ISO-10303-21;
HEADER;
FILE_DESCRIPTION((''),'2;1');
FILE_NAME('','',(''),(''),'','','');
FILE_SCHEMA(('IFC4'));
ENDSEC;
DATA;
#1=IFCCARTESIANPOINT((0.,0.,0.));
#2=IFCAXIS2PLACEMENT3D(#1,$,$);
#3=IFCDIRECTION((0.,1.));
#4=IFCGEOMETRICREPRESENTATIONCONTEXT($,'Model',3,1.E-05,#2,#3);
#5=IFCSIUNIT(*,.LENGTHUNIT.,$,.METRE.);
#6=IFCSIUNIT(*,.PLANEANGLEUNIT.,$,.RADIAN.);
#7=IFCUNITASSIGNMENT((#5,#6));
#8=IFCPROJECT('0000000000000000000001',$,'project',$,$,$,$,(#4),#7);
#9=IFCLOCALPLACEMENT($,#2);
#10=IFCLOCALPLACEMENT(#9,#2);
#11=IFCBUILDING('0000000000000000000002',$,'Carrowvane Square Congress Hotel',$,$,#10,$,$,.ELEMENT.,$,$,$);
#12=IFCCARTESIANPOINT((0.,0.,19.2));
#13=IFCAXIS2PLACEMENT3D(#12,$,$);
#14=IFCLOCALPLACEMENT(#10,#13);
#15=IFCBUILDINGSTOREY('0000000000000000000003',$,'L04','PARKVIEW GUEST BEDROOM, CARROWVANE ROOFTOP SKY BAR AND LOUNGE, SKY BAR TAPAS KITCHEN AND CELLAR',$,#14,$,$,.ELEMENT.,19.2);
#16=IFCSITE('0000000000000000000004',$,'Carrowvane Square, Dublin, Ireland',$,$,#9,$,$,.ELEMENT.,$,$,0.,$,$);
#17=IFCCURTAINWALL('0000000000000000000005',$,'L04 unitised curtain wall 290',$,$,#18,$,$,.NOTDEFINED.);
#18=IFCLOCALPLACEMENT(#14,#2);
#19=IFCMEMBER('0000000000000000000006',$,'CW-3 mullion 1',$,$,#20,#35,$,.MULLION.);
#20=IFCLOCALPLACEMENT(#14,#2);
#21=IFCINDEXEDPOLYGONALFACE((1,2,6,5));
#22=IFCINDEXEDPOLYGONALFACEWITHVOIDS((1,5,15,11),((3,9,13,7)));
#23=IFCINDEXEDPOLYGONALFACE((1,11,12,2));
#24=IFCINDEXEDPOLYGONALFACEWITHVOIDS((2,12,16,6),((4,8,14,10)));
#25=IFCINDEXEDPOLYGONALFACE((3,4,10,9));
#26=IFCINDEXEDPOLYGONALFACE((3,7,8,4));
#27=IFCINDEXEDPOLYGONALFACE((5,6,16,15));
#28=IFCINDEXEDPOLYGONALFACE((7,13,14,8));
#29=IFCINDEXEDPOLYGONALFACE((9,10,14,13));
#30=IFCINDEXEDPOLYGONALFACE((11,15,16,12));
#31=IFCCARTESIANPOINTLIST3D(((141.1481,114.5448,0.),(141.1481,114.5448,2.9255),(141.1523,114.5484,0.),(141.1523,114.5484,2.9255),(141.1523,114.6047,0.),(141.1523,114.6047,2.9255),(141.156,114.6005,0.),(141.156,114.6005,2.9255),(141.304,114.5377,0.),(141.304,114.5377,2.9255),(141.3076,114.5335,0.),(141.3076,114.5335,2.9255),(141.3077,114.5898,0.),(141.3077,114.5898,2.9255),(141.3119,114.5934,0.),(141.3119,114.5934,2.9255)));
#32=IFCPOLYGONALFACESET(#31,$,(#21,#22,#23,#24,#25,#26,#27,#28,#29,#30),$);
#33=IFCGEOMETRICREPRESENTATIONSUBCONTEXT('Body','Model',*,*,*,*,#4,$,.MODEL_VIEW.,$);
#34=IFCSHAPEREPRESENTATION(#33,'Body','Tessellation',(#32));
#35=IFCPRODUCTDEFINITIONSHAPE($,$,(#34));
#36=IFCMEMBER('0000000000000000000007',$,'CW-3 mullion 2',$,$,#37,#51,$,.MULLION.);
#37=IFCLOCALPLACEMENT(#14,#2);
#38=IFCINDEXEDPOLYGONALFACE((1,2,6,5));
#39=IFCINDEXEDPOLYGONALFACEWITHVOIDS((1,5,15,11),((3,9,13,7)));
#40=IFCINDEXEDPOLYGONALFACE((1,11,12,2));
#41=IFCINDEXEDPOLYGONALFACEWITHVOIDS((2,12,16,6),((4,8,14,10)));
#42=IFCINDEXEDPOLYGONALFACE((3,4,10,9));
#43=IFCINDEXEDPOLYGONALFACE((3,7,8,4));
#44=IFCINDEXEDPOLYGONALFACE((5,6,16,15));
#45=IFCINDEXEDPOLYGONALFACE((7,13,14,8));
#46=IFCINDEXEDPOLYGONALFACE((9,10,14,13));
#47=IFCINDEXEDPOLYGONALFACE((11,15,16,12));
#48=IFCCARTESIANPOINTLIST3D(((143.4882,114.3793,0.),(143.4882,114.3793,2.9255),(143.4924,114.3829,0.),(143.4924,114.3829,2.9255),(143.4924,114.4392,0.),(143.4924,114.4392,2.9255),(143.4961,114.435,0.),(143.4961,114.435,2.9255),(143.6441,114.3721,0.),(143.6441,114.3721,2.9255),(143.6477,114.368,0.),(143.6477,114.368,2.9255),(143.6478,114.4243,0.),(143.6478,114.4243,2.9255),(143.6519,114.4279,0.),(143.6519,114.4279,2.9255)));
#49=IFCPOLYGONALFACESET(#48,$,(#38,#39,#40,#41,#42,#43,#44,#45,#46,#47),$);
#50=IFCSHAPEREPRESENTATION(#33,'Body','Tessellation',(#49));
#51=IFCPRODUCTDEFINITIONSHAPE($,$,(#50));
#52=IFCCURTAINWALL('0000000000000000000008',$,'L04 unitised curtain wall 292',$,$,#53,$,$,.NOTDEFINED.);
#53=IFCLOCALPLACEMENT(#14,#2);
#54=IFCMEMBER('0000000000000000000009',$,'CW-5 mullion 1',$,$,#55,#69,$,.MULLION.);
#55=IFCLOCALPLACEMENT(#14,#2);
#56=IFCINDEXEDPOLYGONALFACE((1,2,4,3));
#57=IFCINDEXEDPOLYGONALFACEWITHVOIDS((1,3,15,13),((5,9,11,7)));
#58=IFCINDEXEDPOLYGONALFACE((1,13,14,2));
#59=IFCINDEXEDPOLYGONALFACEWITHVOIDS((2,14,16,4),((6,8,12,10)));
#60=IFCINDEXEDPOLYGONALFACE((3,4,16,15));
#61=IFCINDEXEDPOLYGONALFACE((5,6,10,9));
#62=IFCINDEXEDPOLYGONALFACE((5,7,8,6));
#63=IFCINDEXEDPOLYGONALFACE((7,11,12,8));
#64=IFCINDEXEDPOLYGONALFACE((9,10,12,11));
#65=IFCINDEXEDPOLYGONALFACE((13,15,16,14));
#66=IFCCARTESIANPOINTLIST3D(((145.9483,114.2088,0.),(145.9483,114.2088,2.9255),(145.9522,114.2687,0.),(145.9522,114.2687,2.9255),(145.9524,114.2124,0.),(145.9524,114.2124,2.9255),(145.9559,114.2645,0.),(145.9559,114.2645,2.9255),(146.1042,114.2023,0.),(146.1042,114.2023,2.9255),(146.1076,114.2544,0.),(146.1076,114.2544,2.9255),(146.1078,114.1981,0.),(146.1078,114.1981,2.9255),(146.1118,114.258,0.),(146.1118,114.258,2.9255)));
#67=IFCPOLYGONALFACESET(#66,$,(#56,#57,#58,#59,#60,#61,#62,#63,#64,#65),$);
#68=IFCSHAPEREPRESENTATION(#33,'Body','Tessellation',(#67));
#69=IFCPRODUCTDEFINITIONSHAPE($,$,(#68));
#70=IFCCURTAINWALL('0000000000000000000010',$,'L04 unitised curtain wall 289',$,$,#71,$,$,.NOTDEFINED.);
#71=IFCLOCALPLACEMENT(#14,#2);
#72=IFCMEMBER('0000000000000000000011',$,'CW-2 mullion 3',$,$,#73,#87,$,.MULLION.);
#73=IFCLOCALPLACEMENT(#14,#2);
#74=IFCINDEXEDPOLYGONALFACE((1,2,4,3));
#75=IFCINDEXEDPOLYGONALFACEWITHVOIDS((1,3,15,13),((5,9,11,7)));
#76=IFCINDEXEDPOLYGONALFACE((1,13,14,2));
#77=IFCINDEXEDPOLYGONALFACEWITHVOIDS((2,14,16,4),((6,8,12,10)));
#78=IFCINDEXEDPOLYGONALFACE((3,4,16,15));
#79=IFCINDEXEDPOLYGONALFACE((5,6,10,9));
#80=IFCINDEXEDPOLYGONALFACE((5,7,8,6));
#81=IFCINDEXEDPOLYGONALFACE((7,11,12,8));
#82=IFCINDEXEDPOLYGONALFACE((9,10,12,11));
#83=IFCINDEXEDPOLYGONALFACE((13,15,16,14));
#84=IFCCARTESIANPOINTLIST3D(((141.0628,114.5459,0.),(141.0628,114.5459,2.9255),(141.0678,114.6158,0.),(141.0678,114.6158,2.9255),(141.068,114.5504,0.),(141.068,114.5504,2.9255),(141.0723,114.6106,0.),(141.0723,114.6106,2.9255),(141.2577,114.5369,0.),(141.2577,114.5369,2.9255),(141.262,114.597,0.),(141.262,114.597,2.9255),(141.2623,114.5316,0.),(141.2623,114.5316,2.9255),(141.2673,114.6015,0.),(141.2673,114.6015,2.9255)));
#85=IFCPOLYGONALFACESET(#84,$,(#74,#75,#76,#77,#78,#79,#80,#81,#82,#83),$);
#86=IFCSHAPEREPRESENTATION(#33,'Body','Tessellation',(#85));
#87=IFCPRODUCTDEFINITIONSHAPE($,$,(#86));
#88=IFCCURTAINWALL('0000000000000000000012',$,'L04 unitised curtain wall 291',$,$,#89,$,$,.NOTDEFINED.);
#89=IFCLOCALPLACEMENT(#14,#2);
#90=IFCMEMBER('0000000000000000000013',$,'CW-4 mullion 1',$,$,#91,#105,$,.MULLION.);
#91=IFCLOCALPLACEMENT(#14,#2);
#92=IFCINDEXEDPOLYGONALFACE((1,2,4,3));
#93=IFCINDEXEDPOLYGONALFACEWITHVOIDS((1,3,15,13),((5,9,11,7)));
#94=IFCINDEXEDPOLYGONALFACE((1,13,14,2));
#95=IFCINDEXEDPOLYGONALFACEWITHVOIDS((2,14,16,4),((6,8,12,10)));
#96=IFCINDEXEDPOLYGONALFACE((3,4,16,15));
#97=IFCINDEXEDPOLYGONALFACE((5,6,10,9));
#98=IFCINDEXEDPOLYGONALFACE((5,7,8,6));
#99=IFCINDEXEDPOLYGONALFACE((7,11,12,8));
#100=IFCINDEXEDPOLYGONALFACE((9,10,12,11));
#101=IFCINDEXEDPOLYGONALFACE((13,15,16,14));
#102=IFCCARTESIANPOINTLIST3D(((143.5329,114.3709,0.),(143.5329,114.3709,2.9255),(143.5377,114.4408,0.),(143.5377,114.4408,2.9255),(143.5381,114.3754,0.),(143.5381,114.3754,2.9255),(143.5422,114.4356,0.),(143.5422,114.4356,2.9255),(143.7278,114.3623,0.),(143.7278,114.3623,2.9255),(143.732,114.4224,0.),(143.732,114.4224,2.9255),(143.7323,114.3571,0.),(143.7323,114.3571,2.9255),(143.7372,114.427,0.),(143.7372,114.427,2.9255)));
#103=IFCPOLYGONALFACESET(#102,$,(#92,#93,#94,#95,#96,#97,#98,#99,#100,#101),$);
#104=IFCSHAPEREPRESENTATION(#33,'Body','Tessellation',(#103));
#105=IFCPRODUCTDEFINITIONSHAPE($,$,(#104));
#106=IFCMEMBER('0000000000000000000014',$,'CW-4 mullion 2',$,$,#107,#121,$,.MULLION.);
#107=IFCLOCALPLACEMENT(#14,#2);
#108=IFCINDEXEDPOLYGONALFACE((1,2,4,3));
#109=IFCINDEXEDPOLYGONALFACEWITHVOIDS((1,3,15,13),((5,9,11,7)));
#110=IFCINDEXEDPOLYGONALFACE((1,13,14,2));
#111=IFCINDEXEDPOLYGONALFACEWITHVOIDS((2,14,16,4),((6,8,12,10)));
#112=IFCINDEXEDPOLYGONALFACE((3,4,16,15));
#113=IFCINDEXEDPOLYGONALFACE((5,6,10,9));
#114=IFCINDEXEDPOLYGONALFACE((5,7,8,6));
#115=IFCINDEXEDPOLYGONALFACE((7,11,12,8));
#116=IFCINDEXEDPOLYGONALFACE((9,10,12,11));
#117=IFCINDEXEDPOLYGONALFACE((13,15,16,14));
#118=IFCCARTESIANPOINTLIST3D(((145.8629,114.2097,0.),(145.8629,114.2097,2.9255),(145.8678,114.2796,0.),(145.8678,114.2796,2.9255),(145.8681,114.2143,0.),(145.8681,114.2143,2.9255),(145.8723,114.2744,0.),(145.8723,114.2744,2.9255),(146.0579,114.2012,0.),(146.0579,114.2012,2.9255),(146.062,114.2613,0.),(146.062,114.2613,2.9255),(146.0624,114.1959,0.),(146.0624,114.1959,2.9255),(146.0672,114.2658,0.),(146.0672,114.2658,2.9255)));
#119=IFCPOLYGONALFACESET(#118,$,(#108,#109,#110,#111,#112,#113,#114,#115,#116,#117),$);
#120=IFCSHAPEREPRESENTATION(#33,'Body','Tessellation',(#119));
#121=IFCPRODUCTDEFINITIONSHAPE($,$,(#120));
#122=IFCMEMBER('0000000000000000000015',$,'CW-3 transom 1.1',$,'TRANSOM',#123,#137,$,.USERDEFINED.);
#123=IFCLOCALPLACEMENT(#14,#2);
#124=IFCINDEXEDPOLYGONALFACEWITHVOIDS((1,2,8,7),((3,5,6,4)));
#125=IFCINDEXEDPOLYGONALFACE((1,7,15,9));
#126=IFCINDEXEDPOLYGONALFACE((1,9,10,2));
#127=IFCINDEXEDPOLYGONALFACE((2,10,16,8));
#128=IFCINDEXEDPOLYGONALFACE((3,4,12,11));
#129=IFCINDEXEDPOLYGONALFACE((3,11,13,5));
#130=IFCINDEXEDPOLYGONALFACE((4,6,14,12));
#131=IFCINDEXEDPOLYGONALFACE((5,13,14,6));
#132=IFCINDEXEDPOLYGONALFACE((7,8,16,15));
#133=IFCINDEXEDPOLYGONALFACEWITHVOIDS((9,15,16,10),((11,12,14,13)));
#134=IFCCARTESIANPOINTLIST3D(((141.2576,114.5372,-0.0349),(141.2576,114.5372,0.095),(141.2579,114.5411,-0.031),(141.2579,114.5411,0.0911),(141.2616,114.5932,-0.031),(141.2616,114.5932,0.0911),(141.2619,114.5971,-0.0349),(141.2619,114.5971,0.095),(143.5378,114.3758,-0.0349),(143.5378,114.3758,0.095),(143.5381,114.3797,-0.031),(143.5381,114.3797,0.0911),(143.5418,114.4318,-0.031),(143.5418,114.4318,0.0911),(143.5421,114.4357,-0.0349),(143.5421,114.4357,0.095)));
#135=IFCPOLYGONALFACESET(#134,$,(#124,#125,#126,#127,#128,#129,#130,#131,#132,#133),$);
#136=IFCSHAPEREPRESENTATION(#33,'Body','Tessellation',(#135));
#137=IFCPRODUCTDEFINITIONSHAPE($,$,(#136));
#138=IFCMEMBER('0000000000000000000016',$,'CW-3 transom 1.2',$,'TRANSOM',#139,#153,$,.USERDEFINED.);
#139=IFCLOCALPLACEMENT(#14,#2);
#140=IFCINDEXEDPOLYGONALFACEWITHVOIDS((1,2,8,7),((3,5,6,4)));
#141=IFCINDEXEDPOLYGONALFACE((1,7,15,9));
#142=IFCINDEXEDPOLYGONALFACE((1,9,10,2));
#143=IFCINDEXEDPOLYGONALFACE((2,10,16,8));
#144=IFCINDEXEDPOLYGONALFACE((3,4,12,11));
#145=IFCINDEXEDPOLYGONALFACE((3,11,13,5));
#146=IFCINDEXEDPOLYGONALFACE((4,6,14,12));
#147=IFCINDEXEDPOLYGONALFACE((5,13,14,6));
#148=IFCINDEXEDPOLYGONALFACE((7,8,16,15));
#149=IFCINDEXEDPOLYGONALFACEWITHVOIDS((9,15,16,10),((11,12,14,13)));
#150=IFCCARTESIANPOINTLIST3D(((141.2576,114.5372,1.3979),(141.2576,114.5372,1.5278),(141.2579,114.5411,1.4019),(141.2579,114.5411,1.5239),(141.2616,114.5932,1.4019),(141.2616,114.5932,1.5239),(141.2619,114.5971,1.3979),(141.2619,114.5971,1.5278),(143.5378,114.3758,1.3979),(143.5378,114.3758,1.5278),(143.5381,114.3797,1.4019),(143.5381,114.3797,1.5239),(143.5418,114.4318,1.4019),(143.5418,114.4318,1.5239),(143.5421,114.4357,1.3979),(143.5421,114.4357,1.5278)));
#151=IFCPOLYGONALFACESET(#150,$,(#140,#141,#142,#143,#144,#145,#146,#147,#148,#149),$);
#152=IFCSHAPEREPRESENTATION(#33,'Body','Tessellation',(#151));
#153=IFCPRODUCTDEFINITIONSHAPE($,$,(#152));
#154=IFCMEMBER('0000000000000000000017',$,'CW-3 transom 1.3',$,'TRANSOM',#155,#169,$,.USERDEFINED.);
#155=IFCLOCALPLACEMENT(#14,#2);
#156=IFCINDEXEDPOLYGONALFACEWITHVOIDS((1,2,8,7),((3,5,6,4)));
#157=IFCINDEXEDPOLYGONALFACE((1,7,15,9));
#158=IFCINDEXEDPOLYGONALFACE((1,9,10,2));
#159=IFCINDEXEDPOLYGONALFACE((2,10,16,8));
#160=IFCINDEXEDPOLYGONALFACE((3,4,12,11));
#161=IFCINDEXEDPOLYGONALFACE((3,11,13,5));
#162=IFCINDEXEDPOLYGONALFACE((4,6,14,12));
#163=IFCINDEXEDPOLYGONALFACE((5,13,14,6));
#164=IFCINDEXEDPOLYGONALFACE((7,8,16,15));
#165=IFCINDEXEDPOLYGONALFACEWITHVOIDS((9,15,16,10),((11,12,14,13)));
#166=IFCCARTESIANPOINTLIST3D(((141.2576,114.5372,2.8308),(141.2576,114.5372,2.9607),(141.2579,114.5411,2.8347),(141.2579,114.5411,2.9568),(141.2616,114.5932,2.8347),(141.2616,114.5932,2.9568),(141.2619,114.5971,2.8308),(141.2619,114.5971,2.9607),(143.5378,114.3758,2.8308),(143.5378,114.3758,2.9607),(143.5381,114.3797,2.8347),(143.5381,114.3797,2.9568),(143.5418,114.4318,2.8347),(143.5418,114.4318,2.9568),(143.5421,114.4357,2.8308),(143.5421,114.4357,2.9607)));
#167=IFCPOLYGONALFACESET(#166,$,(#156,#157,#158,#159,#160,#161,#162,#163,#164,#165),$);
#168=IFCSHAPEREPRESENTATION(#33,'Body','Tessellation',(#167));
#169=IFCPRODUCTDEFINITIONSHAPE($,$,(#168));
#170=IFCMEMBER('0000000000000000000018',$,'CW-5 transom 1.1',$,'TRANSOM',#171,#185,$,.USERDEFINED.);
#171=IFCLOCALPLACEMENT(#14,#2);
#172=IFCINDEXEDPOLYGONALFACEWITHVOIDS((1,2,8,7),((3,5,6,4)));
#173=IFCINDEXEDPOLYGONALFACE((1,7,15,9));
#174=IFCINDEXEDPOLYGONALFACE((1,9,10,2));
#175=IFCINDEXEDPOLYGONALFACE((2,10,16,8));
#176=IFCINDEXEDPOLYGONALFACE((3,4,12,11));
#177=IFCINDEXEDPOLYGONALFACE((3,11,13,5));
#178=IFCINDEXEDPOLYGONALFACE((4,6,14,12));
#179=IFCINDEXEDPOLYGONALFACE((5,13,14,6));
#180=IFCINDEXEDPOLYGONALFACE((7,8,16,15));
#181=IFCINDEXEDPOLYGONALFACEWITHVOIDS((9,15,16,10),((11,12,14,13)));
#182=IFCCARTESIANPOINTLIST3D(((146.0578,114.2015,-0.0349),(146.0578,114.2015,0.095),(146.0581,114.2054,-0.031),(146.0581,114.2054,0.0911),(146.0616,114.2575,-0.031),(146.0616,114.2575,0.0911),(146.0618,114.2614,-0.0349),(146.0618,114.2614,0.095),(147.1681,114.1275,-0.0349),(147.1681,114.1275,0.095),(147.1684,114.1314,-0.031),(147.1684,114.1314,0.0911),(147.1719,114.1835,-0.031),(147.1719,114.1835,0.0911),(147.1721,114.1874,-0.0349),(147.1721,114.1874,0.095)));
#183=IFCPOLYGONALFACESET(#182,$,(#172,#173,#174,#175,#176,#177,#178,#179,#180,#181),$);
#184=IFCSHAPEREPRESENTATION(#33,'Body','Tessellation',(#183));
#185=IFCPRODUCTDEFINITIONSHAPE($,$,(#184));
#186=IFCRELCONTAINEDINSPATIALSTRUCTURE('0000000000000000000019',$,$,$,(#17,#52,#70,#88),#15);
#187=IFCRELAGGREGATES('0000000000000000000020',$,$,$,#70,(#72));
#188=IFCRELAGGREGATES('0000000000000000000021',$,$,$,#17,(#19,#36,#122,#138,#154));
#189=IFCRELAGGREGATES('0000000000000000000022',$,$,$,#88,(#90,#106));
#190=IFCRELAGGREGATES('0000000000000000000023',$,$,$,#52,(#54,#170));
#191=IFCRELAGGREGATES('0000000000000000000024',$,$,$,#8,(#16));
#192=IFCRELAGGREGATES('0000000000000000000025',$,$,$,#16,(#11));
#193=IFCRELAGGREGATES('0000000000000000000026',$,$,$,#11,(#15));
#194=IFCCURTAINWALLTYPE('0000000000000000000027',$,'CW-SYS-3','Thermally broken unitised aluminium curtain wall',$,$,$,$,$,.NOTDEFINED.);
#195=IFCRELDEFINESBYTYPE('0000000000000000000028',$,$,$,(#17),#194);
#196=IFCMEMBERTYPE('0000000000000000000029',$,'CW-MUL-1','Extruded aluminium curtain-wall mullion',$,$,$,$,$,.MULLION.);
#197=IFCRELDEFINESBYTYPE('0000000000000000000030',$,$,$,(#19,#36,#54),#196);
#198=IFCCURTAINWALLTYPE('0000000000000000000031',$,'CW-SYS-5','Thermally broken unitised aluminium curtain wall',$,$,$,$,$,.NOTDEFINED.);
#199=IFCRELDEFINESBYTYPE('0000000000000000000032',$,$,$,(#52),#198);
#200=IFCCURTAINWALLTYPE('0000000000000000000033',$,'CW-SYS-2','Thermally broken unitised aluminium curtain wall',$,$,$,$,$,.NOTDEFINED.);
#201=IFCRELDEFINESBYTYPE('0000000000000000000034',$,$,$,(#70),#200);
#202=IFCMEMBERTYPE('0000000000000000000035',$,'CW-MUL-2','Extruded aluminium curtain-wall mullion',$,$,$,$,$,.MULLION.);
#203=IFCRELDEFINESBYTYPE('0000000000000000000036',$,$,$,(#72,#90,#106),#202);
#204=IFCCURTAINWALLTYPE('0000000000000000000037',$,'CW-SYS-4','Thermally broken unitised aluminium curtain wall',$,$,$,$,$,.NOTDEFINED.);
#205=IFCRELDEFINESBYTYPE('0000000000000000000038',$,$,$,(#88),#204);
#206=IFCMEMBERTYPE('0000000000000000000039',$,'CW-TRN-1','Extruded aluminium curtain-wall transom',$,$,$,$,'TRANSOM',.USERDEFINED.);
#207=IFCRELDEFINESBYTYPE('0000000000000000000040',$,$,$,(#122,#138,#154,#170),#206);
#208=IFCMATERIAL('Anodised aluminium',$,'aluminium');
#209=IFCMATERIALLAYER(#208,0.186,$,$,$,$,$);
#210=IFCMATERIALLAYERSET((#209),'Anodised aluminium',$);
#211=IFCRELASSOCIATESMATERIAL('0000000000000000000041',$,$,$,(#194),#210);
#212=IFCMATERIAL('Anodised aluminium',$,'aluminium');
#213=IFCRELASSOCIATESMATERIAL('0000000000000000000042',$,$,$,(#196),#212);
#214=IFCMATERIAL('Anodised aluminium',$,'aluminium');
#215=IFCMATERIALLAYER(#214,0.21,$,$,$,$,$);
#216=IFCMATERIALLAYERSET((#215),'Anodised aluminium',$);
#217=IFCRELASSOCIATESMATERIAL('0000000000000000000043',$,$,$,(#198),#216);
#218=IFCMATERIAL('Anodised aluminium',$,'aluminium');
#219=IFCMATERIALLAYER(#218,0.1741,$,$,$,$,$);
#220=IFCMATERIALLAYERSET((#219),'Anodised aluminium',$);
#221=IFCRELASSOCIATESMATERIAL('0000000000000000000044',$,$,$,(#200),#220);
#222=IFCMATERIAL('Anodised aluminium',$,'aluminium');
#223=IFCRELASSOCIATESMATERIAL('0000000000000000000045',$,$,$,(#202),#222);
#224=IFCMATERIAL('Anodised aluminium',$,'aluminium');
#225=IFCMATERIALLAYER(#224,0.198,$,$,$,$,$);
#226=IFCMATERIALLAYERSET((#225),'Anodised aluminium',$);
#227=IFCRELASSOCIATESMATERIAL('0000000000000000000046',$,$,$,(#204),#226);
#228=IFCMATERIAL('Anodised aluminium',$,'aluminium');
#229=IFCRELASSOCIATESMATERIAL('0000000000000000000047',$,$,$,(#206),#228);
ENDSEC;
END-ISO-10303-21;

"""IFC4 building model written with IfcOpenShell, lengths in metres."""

from ifc_helpers import new_model, si_unit, direction, frame, origin, origin_2d, place, context, subcontext, project, spatial, hollow_rectangle, extrude, material, layer, layer_set, material_profile, profile_set, type_object, element, aggregate, save


model = new_model("IFC4")

# Units and contexts
model_context = context("Model", 3, precision=1e-05, world=origin(), true_north=direction((0.0, 1.0)))
body_context = subcontext(model_context, "Body", "Model", "MODEL_VIEW")
ifc_project = project(units=[si_unit("LENGTHUNIT", "METRE"), si_unit("PLANEANGLEUNIT", "RADIAN")], contexts=[model_context])

# Site, building, storey
site_placement = place(None, origin())
site = spatial("IfcSite", under=ifc_project, at=site_placement, Name="Carrowvane Square, Dublin, Ireland", CompositionType="ELEMENT", RefElevation=0.0)
building_placement = place(site_placement, origin())
building = spatial("IfcBuilding", under=site, at=building_placement, Name="Carrowvane Square Congress Hotel", CompositionType="ELEMENT")
storey_placement = place(building_placement, frame((0.0, 0.0, 19.2)))
storey = spatial("IfcBuildingStorey", under=building, at=storey_placement, Name="L04", Description="PARKVIEW GUEST BEDROOM, CARROWVANE ROOFTOP SKY BAR AND LOUNGE, SKY BAR TAPAS KITCHEN AND CELLAR", CompositionType="ELEMENT", Elevation=19.2)

# Curtain wall, members
ifc_material_1 = material(Name="Anodised aluminium", Category="aluminium")
ifc_layer_1 = layer(ifc_material_1, 0.186)
ifc_layer_set_1 = layer_set([ifc_layer_1], Name="Anodised aluminium")
curtain_wall_type_1 = type_object("IfcCurtainWallType", Name="CW-SYS-3", Description="Thermally broken unitised aluminium curtain wall", PredefinedType="NOTDEFINED", material=ifc_layer_set_1)
curtain_wall_1_placement = place(storey_placement, origin())
curtain_wall_1 = element("IfcCurtainWall", 1, at=curtain_wall_1_placement, inside=storey, type_object=curtain_wall_type_1, Name="L04 unitised curtain wall 290", PredefinedType="NOTDEFINED")
ifc_material_2 = material(Name="Anodised aluminium", Category="aluminium")
ifc_material_profile_1 = material_profile(ifc_material_2, hollow_rectangle(XDim=0.0601, YDim=0.1599, WallThickness=0.0039, at=origin_2d()), Name="CW-ML 60x160x4")
ifc_profile_set_1 = profile_set([ifc_material_profile_1], Name="Anodised aluminium")
member_type_1 = type_object("IfcMemberType", Name="CW-MUL-1", Description="Extruded aluminium curtain-wall mullion", PredefinedType="MULLION", material=ifc_profile_set_1)
member_1_placement = place(storey_placement, frame((141.23, 114.5691, 0.0), z_axis=(0.0, 0.0, 1.0), x_axis=(0.070586, 0.997506, 0.0)))
member_1 = element("IfcMember", 2, at=member_1_placement, type_object=member_type_1, Name="CW-3 mullion 1", PredefinedType="MULLION", context=body_context, shape_type="SweptSolid", body=[
    extrude(hollow_rectangle(XDim=0.0601, YDim=0.1599, WallThickness=0.0039, at=origin_2d()), origin(), (0.0, 0.0, 1.0), 2.9255),
])
member_2_placement = place(storey_placement, frame((143.5701, 114.4036, 0.0), z_axis=(0.0, 0.0, 1.0), x_axis=(0.070586, 0.997506, 0.0)))
member_2 = element("IfcMember", 3, at=member_2_placement, type_object=member_type_1, Name="CW-3 mullion 2", PredefinedType="MULLION", context=body_context, shape_type="SweptSolid", body=[
    extrude(hollow_rectangle(XDim=0.0601, YDim=0.1599, WallThickness=0.0039, at=origin_2d()), origin(), (0.0, 0.0, 1.0), 2.9255),
])

# Curtain walls, members
ifc_material_3 = material(Name="Anodised aluminium", Category="aluminium")
ifc_layer_2 = layer(ifc_material_3, 0.21)
ifc_layer_set_2 = layer_set([ifc_layer_2], Name="Anodised aluminium")
curtain_wall_type_2 = type_object("IfcCurtainWallType", Name="CW-SYS-5", Description="Thermally broken unitised aluminium curtain wall", PredefinedType="NOTDEFINED", material=ifc_layer_set_2)
curtain_wall_2_placement = place(storey_placement, origin())
curtain_wall_2 = element("IfcCurtainWall", 4, at=curtain_wall_2_placement, inside=storey, type_object=curtain_wall_type_2, Name="L04 unitised curtain wall 292", PredefinedType="NOTDEFINED")
member_3_placement = place(storey_placement, frame((146.03, 114.2334, 0.0), z_axis=(0.0, 0.0, 1.0), x_axis=(0.066574, 0.997781, 0.0)))
member_3 = element("IfcMember", 5, at=member_3_placement, type_object=member_type_1, Name="CW-5 mullion 1", PredefinedType="MULLION", context=body_context, shape_type="SweptSolid", body=[
    extrude(hollow_rectangle(XDim=0.0601, YDim=0.1599, WallThickness=0.0039, at=origin_2d()), origin(), (0.0, 0.0, 1.0), 2.9255),
])
ifc_material_4 = material(Name="Anodised aluminium", Category="aluminium")
ifc_layer_3 = layer(ifc_material_4, 0.1741)
ifc_layer_set_3 = layer_set([ifc_layer_3], Name="Anodised aluminium")
curtain_wall_type_3 = type_object("IfcCurtainWallType", Name="CW-SYS-2", Description="Thermally broken unitised aluminium curtain wall", PredefinedType="NOTDEFINED", material=ifc_layer_set_3)
curtain_wall_3_placement = place(storey_placement, origin())
curtain_wall_3 = element("IfcCurtainWall", 6, at=curtain_wall_3_placement, inside=storey, type_object=curtain_wall_type_3, Name="L04 unitised curtain wall 289", PredefinedType="NOTDEFINED")
ifc_material_5 = material(Name="Anodised aluminium", Category="aluminium")
ifc_material_profile_2 = material_profile(ifc_material_5, hollow_rectangle(XDim=0.0701, YDim=0.2, WallThickness=0.0049, at=origin_2d()), Name="CW-ML 70x200x5")
ifc_profile_set_2 = profile_set([ifc_material_profile_2], Name="Anodised aluminium")
member_type_2 = type_object("IfcMemberType", Name="CW-MUL-2", Description="Extruded aluminium curtain-wall mullion", PredefinedType="MULLION", material=ifc_profile_set_2)
member_4_placement = place(storey_placement, frame((141.165, 114.5737, 0.0), z_axis=(0.0, 0.0, 1.0), x_axis=(0.071422, 0.997446, 0.0)))
member_4 = element("IfcMember", 7, at=member_4_placement, type_object=member_type_2, Name="CW-2 mullion 3", PredefinedType="MULLION", context=body_context, shape_type="SweptSolid", body=[
    extrude(hollow_rectangle(XDim=0.0701, YDim=0.2, WallThickness=0.0049, at=origin_2d()), origin(), (0.0, 0.0, 1.0), 2.9255),
])
aggregate(curtain_wall_3, [member_4])

# Curtain wall, members
ifc_material_6 = material(Name="Anodised aluminium", Category="aluminium")
ifc_layer_4 = layer(ifc_material_6, 0.198)
ifc_layer_set_4 = layer_set([ifc_layer_4], Name="Anodised aluminium")
curtain_wall_type_4 = type_object("IfcCurtainWallType", Name="CW-SYS-4", Description="Thermally broken unitised aluminium curtain wall", PredefinedType="NOTDEFINED", material=ifc_layer_set_4)
curtain_wall_4_placement = place(storey_placement, origin())
curtain_wall_4 = element("IfcCurtainWall", 8, at=curtain_wall_4_placement, inside=storey, type_object=curtain_wall_type_4, Name="L04 unitised curtain wall 291", PredefinedType="NOTDEFINED")
member_5_placement = place(storey_placement, frame((143.635, 114.3989, 0.0), z_axis=(0.0, 0.0, 1.0), x_axis=(0.068986, 0.997618, 0.0)))
member_5 = element("IfcMember", 9, at=member_5_placement, type_object=member_type_2, Name="CW-4 mullion 1", PredefinedType="MULLION", context=body_context, shape_type="SweptSolid", body=[
    extrude(hollow_rectangle(XDim=0.0701, YDim=0.2, WallThickness=0.0049, at=origin_2d()), origin(), (0.0, 0.0, 1.0), 2.9255),
])
member_6_placement = place(storey_placement, frame((145.9651, 114.2378, 0.0), z_axis=(0.0, 0.0, 1.0), x_axis=(0.068986, 0.997618, 0.0)))
member_6 = element("IfcMember", 10, at=member_6_placement, type_object=member_type_2, Name="CW-4 mullion 2", PredefinedType="MULLION", context=body_context, shape_type="SweptSolid", body=[
    extrude(hollow_rectangle(XDim=0.0701, YDim=0.2, WallThickness=0.0049, at=origin_2d()), origin(), (0.0, 0.0, 1.0), 2.9255),
])

# Members
ifc_material_7 = material(Name="Anodised aluminium", Category="aluminium")
ifc_material_profile_3 = material_profile(ifc_material_7, hollow_rectangle(XDim=0.0601, YDim=0.1299, WallThickness=0.0039, at=origin_2d()), Name="CW-TR 60x130x4")
ifc_profile_set_3 = profile_set([ifc_material_profile_3], Name="Anodised aluminium")
member_type_3 = type_object("IfcMemberType", Name="CW-TRN-1", Description="Extruded aluminium curtain-wall transom", ElementType="TRANSOM", PredefinedType="USERDEFINED", material=ifc_profile_set_3)
member_7_placement = place(storey_placement, frame((141.2598, 114.5671, 0.03), z_axis=(0.997505, -0.070594, 0.0), x_axis=(0.070594, 0.997505, 0.0)))
member_7 = element("IfcMember", 11, at=member_7_placement, type_object=member_type_3, Name="CW-3 transom 1.1", ObjectType="TRANSOM", PredefinedType="USERDEFINED", context=body_context, shape_type="SweptSolid", body=[
    extrude(hollow_rectangle(XDim=0.0601, YDim=0.1299, WallThickness=0.0039, at=origin_2d()), origin(), (0.0, 0.0, 1.0), 2.2859),
])
member_8_placement = place(storey_placement, frame((141.2598, 114.5671, 1.4629), z_axis=(0.997505, -0.070594, 0.0), x_axis=(0.070594, 0.997505, 0.0)))
member_8 = element("IfcMember", 12, at=member_8_placement, type_object=member_type_3, Name="CW-3 transom 1.2", ObjectType="TRANSOM", PredefinedType="USERDEFINED", context=body_context, shape_type="SweptSolid", body=[
    extrude(hollow_rectangle(XDim=0.0601, YDim=0.1299, WallThickness=0.0039, at=origin_2d()), origin(), (0.0, 0.0, 1.0), 2.2859),
])
member_9_placement = place(storey_placement, frame((141.2598, 114.5671, 2.8958), z_axis=(0.997505, -0.070594, 0.0), x_axis=(0.070594, 0.997505, 0.0)))
member_9 = element("IfcMember", 13, at=member_9_placement, type_object=member_type_3, Name="CW-3 transom 1.3", ObjectType="TRANSOM", PredefinedType="USERDEFINED", context=body_context, shape_type="SweptSolid", body=[
    extrude(hollow_rectangle(XDim=0.0601, YDim=0.1299, WallThickness=0.0039, at=origin_2d()), origin(), (0.0, 0.0, 1.0), 2.2859),
])
member_10_placement = place(storey_placement, frame((146.0598, 114.2314, 0.03), z_axis=(0.997788, -0.066475, 0.0), x_axis=(0.066475, 0.997788, 0.0)))
member_10 = element("IfcMember", 14, at=member_10_placement, type_object=member_type_3, Name="CW-5 transom 1.1", ObjectType="TRANSOM", PredefinedType="USERDEFINED", context=body_context, shape_type="SweptSolid", body=[
    extrude(hollow_rectangle(XDim=0.0601, YDim=0.1299, WallThickness=0.0039, at=origin_2d()), origin(), (0.0, 0.0, 1.0), 1.1128),
])

aggregate(curtain_wall_1, [member_1, member_2, member_7, member_8, member_9])
aggregate(curtain_wall_4, [member_5, member_6])
aggregate(curtain_wall_2, [member_3, member_10])

save(model, "model.ifc")
